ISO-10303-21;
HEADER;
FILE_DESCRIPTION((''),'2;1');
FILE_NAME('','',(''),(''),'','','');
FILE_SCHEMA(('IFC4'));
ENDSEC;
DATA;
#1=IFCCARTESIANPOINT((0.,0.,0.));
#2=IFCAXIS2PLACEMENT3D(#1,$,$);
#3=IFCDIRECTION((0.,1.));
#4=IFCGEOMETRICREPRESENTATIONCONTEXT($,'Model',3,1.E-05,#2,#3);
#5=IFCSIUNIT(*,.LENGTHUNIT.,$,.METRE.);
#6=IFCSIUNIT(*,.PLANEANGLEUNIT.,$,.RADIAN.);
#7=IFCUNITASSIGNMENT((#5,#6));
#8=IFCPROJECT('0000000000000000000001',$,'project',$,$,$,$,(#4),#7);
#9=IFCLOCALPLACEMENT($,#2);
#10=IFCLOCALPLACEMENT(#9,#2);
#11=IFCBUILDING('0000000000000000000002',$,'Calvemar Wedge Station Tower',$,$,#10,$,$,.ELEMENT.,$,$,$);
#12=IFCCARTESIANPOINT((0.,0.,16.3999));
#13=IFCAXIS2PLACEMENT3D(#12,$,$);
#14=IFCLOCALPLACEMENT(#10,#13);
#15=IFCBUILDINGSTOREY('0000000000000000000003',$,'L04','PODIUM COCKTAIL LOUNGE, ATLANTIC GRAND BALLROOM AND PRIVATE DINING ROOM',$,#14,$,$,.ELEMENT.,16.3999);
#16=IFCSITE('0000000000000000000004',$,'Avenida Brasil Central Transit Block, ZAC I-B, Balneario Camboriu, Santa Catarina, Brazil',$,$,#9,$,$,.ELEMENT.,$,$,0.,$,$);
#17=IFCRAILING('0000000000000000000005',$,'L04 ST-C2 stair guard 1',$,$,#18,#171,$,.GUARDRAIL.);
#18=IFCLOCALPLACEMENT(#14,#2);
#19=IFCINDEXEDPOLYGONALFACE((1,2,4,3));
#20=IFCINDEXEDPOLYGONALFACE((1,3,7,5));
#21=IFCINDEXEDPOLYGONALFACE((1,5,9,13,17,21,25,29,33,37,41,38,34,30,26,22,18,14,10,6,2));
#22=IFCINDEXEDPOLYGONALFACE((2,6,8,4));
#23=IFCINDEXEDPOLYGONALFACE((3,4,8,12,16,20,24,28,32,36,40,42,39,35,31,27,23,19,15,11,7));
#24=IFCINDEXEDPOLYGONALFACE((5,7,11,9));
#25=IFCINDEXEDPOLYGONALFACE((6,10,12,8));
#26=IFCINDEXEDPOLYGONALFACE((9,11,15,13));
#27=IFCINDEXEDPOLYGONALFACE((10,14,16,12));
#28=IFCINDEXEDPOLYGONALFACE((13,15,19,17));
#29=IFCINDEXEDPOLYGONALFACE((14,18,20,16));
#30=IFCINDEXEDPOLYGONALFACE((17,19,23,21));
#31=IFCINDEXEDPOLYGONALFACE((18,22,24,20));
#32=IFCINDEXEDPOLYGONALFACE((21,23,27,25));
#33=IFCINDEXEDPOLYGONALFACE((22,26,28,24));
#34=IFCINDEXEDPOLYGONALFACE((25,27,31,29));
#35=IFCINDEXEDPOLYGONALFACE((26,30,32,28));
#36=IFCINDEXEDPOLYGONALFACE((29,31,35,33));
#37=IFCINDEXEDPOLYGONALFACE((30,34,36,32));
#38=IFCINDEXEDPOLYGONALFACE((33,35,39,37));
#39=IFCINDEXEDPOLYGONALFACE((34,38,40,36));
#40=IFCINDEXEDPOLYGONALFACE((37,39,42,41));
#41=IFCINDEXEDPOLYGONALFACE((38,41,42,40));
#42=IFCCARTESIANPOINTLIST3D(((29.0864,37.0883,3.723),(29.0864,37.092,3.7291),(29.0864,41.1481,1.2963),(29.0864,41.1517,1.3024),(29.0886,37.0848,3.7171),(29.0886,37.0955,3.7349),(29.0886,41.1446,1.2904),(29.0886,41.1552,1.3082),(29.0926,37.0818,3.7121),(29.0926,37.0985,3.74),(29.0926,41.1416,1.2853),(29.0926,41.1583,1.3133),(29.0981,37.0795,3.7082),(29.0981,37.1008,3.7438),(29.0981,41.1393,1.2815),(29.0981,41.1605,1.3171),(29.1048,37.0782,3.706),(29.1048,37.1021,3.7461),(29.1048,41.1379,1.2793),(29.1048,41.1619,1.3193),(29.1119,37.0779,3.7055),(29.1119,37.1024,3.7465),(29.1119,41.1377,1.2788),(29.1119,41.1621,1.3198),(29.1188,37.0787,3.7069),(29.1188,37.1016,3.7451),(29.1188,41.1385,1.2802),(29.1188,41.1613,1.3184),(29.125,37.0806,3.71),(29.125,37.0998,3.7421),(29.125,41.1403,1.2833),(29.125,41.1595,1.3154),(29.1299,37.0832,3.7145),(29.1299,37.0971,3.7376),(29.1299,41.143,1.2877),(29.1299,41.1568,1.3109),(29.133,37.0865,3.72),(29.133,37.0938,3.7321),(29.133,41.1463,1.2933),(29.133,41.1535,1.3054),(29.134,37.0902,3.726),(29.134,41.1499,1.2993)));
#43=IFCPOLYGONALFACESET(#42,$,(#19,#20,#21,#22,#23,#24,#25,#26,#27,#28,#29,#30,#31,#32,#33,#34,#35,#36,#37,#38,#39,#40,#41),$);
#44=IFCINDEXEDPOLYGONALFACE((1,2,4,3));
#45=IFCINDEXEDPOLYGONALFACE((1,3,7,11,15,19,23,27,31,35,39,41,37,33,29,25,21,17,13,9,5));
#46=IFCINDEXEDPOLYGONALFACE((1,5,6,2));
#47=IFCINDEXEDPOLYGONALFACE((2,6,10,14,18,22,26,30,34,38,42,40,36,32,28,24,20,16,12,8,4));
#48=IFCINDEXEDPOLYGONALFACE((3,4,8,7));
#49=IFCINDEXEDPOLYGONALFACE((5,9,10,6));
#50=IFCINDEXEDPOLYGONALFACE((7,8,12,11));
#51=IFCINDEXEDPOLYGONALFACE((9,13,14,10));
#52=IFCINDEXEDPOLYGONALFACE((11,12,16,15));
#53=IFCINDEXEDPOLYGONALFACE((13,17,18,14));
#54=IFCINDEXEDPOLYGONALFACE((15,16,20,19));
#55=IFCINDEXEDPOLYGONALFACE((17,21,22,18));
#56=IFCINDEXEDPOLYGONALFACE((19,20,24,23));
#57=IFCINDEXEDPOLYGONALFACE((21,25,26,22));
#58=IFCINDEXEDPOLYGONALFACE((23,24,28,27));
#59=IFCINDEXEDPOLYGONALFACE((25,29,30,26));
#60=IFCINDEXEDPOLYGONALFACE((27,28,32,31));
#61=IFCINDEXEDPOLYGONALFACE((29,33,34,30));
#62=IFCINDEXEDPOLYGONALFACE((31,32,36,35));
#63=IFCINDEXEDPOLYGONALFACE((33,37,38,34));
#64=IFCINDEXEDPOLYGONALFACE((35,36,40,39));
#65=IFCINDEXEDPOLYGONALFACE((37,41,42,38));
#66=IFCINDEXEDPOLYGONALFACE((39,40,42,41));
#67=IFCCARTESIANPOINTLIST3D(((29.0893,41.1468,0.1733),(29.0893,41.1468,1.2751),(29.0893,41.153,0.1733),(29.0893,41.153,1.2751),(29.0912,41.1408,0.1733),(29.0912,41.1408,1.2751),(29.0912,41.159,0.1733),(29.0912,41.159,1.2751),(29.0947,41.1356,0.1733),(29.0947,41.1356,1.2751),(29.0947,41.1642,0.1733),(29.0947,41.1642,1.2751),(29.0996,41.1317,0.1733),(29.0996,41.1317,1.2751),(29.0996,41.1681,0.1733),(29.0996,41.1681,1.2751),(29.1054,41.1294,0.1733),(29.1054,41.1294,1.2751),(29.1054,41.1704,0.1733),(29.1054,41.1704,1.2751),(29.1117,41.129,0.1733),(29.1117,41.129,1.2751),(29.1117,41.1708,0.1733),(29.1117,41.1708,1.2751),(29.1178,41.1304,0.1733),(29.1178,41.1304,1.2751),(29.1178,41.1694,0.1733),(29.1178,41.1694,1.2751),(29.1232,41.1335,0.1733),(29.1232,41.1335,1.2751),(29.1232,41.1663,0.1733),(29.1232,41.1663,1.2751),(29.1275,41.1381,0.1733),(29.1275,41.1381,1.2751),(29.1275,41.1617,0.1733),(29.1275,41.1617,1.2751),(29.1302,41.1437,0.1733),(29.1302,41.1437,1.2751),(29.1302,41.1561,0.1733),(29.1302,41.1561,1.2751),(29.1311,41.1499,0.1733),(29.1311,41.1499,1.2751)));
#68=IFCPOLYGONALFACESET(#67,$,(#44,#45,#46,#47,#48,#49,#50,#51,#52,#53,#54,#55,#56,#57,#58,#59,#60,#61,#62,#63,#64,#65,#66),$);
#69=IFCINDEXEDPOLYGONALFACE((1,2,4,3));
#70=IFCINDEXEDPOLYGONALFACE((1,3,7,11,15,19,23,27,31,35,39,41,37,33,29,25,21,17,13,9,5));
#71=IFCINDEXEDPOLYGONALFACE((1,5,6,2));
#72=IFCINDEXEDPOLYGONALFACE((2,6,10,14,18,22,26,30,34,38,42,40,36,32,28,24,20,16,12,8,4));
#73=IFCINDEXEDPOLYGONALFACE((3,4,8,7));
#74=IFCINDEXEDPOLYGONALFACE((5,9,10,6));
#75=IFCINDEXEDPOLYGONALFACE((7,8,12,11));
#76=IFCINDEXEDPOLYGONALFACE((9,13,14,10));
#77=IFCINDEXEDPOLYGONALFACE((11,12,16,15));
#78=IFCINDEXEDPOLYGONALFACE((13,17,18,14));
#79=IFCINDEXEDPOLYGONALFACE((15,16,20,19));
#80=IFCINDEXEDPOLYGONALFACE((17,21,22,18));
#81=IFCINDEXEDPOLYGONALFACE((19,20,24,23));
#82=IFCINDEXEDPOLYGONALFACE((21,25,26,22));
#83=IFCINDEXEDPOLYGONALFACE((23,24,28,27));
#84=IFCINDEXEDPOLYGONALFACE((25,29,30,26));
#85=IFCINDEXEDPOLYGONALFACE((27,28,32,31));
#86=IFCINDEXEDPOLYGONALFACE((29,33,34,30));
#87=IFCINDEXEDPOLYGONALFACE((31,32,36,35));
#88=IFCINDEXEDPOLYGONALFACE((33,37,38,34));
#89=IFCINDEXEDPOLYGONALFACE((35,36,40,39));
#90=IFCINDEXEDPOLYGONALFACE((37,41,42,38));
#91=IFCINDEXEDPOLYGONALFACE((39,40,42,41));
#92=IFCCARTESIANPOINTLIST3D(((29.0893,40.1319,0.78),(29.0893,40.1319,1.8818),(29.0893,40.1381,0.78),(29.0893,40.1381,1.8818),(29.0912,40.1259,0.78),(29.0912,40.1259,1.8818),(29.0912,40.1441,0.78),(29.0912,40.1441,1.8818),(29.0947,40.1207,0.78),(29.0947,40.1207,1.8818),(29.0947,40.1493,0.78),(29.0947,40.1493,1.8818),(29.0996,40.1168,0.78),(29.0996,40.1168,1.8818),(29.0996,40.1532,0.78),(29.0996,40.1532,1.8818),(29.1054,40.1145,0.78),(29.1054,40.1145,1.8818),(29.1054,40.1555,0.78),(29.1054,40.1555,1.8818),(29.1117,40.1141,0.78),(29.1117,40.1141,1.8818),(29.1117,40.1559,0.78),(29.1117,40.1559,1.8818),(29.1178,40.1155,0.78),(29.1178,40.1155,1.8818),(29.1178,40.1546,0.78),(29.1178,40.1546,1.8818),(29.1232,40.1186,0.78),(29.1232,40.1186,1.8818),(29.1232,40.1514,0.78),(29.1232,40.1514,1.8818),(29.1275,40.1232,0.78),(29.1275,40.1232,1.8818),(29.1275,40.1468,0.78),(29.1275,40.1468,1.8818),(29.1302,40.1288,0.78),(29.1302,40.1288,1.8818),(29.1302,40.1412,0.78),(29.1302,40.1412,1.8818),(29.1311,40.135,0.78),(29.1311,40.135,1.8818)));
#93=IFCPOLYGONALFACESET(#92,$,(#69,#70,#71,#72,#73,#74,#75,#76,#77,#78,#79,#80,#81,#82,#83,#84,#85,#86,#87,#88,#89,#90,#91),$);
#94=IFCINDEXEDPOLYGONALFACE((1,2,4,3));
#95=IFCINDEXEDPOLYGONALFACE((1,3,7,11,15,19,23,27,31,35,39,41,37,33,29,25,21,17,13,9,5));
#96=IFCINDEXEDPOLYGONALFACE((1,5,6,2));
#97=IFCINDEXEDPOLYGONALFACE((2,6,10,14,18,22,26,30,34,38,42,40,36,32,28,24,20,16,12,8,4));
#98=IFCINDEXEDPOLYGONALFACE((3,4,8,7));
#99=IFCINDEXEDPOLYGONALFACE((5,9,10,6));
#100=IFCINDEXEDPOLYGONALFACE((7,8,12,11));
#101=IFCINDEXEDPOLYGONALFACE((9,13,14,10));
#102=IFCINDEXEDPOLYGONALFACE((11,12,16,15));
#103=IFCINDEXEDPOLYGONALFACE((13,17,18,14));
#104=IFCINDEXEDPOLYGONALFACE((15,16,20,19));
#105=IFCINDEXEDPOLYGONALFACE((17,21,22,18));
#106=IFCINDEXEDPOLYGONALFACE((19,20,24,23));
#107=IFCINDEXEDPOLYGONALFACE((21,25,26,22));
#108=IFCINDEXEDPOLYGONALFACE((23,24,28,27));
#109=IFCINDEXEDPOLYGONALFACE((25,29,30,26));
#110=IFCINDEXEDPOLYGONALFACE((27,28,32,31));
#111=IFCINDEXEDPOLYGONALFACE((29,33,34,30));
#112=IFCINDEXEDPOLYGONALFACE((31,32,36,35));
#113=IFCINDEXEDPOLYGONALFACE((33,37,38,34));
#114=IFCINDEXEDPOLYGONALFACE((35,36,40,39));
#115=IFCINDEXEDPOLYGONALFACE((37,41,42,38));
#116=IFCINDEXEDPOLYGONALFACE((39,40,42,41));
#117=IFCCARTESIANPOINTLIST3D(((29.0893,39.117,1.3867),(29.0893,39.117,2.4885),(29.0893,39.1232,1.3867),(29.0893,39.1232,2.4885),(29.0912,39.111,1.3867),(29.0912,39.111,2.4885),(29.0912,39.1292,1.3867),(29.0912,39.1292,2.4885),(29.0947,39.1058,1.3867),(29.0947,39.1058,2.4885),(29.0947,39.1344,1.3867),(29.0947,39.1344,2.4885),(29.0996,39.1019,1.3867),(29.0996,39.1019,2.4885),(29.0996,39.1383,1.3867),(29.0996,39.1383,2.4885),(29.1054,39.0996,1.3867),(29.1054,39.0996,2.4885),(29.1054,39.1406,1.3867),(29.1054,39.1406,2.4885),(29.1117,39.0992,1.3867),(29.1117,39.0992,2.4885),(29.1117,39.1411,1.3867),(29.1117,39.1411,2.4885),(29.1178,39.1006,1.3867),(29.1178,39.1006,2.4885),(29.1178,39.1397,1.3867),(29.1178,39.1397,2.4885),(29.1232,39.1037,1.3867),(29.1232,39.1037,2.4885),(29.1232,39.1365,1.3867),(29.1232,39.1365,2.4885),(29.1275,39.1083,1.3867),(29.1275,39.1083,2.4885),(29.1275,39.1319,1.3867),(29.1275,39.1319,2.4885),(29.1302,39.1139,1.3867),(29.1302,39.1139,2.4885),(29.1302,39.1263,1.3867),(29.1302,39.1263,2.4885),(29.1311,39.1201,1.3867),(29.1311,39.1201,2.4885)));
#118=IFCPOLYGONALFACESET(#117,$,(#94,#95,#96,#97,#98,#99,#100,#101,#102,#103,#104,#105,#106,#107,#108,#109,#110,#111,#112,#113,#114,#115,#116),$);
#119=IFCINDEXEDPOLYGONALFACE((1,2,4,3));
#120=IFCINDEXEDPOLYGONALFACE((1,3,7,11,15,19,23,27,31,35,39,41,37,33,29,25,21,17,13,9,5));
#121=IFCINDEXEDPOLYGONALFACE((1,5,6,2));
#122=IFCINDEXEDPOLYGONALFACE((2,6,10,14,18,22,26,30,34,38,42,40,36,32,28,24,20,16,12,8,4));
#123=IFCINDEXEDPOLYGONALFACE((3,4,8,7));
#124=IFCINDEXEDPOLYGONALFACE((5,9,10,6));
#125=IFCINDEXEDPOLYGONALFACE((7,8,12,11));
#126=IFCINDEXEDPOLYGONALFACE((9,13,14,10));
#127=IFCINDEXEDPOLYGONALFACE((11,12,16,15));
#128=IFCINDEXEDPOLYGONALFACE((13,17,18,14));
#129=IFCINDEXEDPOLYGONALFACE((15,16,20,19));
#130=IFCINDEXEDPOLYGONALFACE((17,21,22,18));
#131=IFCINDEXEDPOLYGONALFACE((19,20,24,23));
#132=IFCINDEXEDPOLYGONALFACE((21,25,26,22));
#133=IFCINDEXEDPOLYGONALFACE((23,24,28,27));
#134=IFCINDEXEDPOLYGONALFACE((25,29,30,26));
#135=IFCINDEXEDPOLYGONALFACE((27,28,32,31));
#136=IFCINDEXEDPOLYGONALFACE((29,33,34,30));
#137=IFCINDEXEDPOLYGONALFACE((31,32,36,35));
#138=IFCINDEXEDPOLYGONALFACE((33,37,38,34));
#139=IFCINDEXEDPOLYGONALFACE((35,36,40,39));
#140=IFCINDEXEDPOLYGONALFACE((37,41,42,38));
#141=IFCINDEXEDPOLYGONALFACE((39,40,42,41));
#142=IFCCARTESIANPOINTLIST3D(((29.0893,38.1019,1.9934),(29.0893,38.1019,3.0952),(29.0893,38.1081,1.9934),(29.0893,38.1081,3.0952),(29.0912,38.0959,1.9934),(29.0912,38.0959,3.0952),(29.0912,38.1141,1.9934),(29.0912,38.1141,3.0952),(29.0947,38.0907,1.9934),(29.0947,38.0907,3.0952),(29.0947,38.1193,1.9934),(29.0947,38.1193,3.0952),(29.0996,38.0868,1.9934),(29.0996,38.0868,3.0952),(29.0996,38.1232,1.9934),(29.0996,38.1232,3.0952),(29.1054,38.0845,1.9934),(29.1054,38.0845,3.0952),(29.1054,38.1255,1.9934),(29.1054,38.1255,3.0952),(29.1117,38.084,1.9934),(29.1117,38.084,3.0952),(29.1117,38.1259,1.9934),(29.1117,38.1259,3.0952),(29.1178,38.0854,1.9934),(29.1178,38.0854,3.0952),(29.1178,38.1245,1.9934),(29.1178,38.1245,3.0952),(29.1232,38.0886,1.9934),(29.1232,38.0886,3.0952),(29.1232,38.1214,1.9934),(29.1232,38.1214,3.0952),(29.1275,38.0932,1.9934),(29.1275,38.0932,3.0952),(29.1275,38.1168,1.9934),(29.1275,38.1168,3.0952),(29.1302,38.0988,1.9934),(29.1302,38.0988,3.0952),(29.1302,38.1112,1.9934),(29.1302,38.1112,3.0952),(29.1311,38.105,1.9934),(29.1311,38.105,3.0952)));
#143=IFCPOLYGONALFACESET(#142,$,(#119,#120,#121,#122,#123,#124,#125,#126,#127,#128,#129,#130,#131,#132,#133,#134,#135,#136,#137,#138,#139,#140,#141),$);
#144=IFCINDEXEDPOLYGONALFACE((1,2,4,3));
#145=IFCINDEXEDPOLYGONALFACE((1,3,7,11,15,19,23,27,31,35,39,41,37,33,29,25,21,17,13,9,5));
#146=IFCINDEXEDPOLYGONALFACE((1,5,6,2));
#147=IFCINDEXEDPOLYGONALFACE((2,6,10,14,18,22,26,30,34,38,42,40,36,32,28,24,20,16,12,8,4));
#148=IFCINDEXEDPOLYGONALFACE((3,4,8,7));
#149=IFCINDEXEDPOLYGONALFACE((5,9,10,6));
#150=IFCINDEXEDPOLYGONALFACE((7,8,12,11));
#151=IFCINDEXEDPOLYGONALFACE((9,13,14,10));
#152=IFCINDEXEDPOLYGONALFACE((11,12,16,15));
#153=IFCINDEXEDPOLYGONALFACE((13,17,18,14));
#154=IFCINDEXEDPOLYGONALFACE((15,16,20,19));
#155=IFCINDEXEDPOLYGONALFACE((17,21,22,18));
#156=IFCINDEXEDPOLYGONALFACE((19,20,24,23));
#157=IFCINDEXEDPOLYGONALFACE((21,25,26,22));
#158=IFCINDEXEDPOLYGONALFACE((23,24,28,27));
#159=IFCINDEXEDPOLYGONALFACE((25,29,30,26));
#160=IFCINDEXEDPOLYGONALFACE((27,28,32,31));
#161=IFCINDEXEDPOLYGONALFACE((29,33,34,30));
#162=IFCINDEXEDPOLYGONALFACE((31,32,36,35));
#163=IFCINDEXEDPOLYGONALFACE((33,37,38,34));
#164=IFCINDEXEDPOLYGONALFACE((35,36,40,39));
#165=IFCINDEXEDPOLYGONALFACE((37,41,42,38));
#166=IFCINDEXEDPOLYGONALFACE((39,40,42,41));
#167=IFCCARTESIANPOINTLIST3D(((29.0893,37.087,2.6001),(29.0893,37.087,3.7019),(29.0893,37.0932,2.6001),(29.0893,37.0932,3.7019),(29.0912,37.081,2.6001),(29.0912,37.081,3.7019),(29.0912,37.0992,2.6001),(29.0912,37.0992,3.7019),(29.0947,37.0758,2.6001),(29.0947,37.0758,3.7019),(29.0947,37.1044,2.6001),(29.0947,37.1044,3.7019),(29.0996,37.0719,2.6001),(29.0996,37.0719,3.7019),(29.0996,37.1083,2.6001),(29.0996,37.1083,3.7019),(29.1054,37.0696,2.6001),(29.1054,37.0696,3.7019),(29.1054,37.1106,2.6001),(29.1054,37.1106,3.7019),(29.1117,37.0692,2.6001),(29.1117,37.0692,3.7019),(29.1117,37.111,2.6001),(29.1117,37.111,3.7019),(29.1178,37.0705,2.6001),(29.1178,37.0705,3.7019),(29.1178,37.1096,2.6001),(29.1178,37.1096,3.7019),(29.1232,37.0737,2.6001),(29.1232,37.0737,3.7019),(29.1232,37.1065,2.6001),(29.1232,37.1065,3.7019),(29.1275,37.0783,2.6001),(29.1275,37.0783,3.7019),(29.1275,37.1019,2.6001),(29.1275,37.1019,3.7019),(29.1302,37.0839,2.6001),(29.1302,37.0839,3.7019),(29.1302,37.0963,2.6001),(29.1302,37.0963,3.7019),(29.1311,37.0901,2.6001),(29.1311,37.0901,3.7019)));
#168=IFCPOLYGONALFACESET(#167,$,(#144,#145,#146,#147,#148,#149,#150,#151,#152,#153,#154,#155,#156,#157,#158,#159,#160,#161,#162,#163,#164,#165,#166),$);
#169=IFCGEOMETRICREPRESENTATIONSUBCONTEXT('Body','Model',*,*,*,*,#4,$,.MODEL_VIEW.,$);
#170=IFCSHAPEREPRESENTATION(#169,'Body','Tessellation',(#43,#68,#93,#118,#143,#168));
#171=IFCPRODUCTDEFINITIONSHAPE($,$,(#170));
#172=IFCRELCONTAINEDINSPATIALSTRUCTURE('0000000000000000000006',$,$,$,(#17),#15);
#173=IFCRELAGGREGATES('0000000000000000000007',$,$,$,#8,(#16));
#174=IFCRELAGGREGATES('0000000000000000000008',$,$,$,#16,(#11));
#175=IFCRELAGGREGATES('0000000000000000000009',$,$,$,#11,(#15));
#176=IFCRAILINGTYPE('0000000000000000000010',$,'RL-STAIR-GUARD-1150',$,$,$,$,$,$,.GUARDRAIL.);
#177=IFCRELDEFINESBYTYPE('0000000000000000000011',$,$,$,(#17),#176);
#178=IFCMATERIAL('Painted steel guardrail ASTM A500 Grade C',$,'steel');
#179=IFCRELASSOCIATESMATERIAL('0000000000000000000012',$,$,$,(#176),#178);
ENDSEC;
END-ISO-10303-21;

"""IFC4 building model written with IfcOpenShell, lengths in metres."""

from ifc_helpers import new_model, si_unit, direction, frame, origin, origin_2d, place, context, subcontext, project, spatial, circle, extrude, material, type_object, element, save


model = new_model("IFC4")

# Units and contexts
model_context = context("Model", 3, precision=1e-05, world=origin(), true_north=direction((0.0, 1.0)))
body_context = subcontext(model_context, "Body", "Model", "MODEL_VIEW")
ifc_project = project(units=[si_unit("LENGTHUNIT", "METRE"), si_unit("PLANEANGLEUNIT", "RADIAN")], contexts=[model_context])

# Site, building, storey
site_placement = place(None, origin())
site = spatial("IfcSite", under=ifc_project, at=site_placement, Name="Avenida Brasil Central Transit Block, ZAC I-B, Balneario Camboriu, Santa Catarina, Brazil", CompositionType="ELEMENT", RefElevation=0.0)
building_placement = place(site_placement, origin())
building = spatial("IfcBuilding", under=site, at=building_placement, Name="Calvemar Wedge Station Tower", CompositionType="ELEMENT")
storey_placement = place(building_placement, frame((0.0, 0.0, 16.3999)))
storey = spatial("IfcBuildingStorey", under=building, at=storey_placement, Name="L04", Description="PODIUM COCKTAIL LOUNGE, ATLANTIC GRAND BALLROOM AND PRIVATE DINING ROOM", CompositionType="ELEMENT", Elevation=16.3999)

# Railing
ifc_material_1 = material(Name="Painted steel guardrail ASTM A500 Grade C", Category="steel")
railing_type_1 = type_object("IfcRailingType", Name="RL-STAIR-GUARD-1150", PredefinedType="GUARDRAIL", material=ifc_material_1)
railing_1_placement = place(storey_placement, frame((29.1101, 41.1499, 0.1733)))
element("IfcRailing", 1, at=railing_1_placement, inside=storey, type_object=railing_type_1, Name="L04 ST-C2 stair guard 1", PredefinedType="GUARDRAIL", context=body_context, shape_type="SweptSolid", body=[
    extrude(circle(Radius=0.0239, at=origin_2d()), frame((0.0, 0.0, 1.126), z_axis=(0.0, -0.858343, 0.513076), x_axis=(1.0, 0.0, 0.0)), (0.0, 0.0, 1.0), 4.7297),
    extrude(circle(Radius=0.021, at=origin_2d()), origin(), (0.0, 0.0, 1.0), 1.1018),
    extrude(circle(Radius=0.021, at=origin_2d()), frame((0.0, -1.0149, 0.6067)), (0.0, 0.0, 1.0), 1.1018),
    extrude(circle(Radius=0.021, at=origin_2d()), frame((0.0, -2.0298, 1.2134)), (0.0, 0.0, 1.0), 1.1018),
    extrude(circle(Radius=0.021, at=origin_2d()), frame((0.0, -3.0449, 1.8201)), (0.0, 0.0, 1.0), 1.1018),
    extrude(circle(Radius=0.021, at=origin_2d()), frame((0.0, -4.0598, 2.4268)), (0.0, 0.0, 1.0), 1.1018),
])

save(model, "model.ifc")
